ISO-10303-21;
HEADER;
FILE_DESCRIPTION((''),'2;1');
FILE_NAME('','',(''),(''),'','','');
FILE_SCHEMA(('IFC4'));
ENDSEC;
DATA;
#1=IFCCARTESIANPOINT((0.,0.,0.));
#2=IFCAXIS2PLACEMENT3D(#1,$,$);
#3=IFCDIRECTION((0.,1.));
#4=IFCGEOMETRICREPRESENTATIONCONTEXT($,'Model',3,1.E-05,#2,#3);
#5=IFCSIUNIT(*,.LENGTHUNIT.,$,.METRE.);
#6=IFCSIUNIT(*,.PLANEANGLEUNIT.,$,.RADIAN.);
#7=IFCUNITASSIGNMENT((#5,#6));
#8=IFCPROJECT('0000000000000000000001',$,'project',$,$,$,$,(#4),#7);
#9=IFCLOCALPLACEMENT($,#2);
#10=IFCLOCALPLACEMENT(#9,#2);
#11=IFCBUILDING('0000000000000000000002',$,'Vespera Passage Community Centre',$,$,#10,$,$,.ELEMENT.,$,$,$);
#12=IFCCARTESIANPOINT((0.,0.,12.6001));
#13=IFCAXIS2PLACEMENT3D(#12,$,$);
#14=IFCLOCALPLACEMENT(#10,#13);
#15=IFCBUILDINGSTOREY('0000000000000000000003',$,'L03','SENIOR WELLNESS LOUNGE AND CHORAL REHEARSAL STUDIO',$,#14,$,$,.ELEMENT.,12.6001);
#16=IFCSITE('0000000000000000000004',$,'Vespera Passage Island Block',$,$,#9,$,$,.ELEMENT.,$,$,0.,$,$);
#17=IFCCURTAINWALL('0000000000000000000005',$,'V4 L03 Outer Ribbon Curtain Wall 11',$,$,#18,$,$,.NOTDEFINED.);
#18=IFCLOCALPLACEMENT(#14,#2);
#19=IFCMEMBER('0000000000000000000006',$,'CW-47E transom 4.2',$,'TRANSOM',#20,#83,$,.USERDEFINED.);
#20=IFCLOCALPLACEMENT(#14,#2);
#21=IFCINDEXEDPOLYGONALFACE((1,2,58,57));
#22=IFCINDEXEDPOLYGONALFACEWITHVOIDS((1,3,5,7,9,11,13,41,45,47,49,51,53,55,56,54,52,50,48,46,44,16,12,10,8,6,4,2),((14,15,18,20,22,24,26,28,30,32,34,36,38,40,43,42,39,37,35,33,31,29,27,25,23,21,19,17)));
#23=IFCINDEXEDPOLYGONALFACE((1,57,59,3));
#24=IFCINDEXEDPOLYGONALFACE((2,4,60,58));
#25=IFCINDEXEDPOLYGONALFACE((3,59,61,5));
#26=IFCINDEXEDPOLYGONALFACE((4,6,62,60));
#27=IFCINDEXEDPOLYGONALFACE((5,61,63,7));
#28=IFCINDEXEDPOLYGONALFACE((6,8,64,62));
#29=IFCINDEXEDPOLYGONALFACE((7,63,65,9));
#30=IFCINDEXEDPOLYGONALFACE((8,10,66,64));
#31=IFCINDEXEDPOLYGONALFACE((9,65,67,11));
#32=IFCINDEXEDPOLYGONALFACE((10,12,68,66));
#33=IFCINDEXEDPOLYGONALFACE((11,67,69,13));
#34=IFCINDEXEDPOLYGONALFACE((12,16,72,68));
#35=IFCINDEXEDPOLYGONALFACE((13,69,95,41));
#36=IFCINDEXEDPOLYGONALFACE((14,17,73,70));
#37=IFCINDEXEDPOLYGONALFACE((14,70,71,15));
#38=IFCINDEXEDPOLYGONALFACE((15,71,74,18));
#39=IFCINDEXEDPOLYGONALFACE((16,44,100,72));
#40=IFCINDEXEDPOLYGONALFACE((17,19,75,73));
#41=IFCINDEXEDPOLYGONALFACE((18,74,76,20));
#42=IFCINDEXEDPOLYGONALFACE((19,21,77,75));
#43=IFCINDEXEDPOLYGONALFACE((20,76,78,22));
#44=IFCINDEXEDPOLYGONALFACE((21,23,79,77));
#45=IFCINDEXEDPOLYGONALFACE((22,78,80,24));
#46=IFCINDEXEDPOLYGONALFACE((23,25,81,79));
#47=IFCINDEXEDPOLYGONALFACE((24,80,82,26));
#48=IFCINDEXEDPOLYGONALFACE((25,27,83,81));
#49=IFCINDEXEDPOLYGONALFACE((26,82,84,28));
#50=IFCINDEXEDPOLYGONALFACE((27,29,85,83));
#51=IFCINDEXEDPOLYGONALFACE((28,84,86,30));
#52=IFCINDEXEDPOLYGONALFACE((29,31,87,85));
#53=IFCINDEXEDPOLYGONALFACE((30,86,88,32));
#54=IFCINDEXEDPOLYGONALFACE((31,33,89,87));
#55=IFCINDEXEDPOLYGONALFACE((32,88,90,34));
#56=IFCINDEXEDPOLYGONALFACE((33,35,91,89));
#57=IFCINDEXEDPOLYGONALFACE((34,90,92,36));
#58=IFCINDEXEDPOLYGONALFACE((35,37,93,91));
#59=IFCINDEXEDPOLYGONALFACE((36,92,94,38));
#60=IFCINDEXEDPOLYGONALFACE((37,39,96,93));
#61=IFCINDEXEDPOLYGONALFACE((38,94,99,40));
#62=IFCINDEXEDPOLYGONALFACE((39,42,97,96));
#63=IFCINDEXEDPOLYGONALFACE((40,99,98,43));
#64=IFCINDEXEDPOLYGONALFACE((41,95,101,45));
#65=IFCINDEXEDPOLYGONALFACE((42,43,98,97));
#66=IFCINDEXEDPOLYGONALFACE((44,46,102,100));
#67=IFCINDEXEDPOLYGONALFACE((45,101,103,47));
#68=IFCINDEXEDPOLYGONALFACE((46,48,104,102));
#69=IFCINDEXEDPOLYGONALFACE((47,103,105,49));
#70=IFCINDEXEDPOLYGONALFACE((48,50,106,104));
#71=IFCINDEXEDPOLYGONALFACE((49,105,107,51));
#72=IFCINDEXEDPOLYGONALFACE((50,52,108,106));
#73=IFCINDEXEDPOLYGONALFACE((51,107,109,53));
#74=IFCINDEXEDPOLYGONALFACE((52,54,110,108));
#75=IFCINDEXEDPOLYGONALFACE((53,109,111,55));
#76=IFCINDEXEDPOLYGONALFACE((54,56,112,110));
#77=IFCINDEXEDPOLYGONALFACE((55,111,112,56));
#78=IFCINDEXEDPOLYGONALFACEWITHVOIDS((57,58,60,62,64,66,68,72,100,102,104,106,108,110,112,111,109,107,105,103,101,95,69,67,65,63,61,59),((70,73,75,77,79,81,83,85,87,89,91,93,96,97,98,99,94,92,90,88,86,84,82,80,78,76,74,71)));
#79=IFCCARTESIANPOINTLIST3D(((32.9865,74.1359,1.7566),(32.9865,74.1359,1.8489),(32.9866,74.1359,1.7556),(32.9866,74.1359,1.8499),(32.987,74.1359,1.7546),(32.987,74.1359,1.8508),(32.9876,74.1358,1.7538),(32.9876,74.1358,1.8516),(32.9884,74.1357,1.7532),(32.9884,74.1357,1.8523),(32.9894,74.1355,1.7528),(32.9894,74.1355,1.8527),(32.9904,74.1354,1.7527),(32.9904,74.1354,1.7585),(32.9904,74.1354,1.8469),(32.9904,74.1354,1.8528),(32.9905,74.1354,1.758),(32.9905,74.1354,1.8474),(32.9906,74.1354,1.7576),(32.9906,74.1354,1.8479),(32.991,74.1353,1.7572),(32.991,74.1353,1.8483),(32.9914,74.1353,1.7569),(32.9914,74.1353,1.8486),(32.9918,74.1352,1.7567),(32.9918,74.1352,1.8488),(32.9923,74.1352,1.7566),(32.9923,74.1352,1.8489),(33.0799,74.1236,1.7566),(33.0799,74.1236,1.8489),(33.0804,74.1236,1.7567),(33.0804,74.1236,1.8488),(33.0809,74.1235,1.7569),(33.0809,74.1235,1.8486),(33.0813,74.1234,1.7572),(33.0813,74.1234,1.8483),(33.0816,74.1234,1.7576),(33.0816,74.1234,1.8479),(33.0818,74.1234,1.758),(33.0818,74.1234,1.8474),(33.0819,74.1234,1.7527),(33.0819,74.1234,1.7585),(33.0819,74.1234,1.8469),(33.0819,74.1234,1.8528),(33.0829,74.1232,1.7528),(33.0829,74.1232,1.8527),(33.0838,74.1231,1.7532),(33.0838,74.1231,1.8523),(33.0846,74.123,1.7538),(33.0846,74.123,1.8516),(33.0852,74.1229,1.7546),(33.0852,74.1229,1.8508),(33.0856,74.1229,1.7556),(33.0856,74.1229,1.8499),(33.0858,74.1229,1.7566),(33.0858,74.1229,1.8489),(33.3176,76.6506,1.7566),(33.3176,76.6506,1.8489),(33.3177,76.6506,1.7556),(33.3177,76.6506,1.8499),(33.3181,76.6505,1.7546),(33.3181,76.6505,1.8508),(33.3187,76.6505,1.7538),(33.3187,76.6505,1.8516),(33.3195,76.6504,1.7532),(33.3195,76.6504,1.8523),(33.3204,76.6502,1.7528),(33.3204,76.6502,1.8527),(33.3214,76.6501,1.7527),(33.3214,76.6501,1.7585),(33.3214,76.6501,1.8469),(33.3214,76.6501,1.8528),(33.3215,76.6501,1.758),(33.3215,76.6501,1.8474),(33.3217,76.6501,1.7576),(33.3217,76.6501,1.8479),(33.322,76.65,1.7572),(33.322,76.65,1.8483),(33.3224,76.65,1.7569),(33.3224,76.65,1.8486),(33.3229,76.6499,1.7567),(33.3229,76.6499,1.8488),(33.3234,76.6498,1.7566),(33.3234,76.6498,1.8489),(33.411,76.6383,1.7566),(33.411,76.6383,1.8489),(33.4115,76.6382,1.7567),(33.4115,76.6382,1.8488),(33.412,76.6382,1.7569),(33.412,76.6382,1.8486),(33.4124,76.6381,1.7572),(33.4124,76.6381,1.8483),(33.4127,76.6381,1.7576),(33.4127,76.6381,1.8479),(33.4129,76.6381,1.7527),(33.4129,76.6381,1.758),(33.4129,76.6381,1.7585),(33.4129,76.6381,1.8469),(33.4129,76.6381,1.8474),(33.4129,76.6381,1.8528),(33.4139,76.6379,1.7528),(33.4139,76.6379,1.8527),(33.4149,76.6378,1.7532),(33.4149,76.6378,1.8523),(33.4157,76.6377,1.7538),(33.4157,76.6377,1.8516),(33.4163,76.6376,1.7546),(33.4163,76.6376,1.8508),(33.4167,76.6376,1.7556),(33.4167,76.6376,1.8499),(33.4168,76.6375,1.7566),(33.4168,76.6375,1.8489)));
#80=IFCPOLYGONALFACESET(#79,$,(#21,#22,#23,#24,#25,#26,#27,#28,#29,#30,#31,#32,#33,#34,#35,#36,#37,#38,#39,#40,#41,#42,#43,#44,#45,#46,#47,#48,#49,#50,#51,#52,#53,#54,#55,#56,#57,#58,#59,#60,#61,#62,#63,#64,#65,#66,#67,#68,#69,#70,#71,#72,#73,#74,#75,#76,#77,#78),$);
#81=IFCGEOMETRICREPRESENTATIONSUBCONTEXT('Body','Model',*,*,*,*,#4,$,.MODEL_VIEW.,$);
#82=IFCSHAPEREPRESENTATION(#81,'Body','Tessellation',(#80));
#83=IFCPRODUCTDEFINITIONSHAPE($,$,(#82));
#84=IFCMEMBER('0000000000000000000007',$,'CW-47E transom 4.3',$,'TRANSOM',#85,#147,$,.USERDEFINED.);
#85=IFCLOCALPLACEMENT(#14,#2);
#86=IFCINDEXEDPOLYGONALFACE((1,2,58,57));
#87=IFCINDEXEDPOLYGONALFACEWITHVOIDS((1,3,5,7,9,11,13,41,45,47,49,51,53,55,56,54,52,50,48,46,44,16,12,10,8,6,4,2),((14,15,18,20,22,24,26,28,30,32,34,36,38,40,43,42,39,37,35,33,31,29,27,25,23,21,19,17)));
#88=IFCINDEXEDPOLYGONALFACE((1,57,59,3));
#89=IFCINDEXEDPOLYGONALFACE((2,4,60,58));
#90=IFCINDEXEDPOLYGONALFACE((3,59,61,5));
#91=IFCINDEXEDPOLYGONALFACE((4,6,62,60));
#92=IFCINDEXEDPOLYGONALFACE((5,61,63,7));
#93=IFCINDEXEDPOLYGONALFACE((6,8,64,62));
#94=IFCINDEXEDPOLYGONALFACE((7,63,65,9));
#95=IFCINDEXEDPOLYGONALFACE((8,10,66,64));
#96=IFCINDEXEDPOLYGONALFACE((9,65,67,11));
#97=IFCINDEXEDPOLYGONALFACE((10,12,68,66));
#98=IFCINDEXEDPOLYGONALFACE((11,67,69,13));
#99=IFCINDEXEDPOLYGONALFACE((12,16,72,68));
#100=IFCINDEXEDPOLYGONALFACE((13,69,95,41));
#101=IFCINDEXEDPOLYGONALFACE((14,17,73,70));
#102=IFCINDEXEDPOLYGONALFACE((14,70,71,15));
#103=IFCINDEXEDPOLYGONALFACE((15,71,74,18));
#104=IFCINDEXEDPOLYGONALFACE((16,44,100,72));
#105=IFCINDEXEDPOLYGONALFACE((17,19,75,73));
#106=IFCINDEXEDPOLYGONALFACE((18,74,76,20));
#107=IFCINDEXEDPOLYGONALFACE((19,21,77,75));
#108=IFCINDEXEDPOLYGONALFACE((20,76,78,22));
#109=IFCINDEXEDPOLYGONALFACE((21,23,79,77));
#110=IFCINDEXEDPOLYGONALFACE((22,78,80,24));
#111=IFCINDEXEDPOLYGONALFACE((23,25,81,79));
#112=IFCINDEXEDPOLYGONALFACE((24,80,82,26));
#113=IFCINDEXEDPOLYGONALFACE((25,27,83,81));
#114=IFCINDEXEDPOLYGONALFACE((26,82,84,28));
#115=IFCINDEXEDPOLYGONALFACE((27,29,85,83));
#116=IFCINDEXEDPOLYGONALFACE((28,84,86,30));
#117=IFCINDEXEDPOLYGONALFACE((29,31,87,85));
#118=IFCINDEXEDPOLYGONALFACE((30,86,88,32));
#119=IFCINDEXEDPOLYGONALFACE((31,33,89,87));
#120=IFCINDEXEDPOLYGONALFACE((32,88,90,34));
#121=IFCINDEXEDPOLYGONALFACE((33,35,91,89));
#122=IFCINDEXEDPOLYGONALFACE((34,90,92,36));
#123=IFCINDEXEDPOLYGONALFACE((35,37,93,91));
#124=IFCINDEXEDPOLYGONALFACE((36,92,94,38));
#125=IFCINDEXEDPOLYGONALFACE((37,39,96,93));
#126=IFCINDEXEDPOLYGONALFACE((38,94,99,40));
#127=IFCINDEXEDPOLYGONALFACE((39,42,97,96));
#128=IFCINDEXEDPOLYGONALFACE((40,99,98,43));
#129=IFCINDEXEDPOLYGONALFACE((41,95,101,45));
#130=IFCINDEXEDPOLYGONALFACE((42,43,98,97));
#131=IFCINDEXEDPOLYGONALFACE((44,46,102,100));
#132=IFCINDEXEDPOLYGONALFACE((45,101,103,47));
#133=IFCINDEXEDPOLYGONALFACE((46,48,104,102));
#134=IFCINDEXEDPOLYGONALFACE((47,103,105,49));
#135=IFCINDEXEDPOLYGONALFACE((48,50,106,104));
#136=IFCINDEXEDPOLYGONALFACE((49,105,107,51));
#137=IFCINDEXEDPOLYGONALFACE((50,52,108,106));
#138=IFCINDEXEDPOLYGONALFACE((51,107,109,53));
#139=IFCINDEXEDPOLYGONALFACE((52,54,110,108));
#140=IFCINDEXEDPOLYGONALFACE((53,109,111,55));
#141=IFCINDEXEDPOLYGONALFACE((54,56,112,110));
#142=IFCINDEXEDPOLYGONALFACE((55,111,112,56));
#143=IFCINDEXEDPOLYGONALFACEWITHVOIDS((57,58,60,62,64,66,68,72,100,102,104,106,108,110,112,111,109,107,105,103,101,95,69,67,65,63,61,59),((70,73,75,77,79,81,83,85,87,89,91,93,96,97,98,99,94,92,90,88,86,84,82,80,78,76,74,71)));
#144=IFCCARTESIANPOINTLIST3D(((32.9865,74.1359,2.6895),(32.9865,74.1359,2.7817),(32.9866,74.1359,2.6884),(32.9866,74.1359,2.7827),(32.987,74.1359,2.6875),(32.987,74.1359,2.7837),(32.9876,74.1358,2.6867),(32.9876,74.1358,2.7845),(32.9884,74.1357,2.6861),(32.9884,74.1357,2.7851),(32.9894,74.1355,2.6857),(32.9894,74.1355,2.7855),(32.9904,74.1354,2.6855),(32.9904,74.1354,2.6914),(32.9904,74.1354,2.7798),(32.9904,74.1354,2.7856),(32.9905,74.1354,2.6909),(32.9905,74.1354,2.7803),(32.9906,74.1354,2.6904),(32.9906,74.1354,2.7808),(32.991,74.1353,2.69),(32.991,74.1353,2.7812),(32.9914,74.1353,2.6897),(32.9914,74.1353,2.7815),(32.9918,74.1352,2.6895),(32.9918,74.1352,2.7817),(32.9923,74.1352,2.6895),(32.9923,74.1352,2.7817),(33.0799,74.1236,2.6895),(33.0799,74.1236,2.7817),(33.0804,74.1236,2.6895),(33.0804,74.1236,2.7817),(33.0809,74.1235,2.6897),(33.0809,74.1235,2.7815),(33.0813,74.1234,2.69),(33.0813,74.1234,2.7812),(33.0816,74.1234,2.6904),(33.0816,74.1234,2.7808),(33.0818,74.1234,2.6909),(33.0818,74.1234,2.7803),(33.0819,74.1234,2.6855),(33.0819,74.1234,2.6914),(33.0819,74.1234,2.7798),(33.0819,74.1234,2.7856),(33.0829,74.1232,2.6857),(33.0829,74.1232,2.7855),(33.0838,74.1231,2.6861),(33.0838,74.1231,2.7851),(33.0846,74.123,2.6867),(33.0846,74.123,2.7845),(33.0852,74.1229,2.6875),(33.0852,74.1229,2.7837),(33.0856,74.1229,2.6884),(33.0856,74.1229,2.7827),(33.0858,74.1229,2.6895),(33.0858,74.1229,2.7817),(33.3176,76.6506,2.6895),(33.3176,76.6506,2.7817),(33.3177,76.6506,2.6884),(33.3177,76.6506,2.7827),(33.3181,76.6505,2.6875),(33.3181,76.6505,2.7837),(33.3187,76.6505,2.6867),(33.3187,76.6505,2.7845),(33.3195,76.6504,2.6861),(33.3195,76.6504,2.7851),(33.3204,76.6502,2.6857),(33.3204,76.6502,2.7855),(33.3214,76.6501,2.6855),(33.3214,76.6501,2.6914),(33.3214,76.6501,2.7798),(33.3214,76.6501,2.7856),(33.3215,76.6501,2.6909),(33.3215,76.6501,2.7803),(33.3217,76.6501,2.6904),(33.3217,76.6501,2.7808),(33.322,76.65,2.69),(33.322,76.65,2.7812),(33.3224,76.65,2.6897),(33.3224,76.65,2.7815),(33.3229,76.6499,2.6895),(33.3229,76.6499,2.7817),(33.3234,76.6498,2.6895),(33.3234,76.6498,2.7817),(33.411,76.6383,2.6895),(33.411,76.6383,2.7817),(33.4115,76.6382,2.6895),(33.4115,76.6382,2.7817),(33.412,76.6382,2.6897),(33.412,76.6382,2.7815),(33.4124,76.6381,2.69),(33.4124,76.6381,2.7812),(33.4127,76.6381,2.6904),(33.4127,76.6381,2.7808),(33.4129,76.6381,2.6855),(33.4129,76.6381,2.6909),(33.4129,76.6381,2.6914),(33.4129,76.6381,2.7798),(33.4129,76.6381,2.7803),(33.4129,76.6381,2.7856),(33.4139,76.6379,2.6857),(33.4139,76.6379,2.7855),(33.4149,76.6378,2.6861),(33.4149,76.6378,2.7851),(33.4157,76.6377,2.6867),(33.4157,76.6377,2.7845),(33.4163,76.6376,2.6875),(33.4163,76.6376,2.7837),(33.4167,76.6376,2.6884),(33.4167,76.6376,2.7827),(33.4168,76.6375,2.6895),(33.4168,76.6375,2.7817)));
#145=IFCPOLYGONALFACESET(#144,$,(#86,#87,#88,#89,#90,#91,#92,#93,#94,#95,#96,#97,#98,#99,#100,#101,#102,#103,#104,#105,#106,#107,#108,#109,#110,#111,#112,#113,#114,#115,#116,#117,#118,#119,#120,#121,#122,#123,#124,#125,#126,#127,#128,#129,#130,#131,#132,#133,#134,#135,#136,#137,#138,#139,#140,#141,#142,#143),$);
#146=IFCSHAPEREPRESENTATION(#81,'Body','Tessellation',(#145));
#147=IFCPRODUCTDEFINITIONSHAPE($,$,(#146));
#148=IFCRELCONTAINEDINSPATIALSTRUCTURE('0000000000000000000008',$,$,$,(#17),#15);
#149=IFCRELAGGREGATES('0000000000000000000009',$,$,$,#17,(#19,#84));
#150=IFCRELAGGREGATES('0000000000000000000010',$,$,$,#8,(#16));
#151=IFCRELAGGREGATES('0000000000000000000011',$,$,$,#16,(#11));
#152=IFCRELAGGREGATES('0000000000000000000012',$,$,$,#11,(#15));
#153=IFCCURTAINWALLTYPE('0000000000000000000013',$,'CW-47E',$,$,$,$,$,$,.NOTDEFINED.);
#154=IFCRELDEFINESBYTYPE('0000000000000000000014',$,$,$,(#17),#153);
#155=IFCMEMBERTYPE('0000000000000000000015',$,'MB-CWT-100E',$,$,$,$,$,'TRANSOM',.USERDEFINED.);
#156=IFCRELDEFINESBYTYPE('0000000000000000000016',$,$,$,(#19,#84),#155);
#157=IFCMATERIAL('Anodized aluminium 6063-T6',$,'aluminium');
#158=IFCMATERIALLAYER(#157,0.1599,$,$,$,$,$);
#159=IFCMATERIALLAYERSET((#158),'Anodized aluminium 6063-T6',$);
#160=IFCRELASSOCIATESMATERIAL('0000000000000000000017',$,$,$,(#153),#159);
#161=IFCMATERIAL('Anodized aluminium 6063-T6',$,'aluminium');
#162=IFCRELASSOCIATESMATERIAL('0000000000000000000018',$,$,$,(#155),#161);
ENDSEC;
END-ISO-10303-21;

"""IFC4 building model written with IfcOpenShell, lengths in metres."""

from ifc_helpers import new_model, si_unit, direction, frame, origin, origin_2d, place, context, subcontext, project, spatial, hollow_rectangle, extrude, material, layer, layer_set, material_profile, profile_set, type_object, element, aggregate, save


model = new_model("IFC4")

# Units and contexts
model_context = context("Model", 3, precision=1e-05, world=origin(), true_north=direction((0.0, 1.0)))
body_context = subcontext(model_context, "Body", "Model", "MODEL_VIEW")
ifc_project = project(units=[si_unit("LENGTHUNIT", "METRE"), si_unit("PLANEANGLEUNIT", "RADIAN")], contexts=[model_context])

# Site, building, storey
site_placement = place(None, origin())
site = spatial("IfcSite", under=ifc_project, at=site_placement, Name="Vespera Passage Island Block", CompositionType="ELEMENT", RefElevation=0.0)
building_placement = place(site_placement, origin())
building = spatial("IfcBuilding", under=site, at=building_placement, Name="Vespera Passage Community Centre", CompositionType="ELEMENT")
storey_placement = place(building_placement, frame((0.0, 0.0, 12.6001)))
storey = spatial("IfcBuildingStorey", under=building, at=storey_placement, Name="L03", Description="SENIOR WELLNESS LOUNGE AND CHORAL REHEARSAL STUDIO", CompositionType="ELEMENT", Elevation=12.6001)

# Curtain wall, members
ifc_material_1 = material(Name="Anodized aluminium 6063-T6", Category="aluminium")
ifc_layer_1 = layer(ifc_material_1, 0.1599)
ifc_layer_set_1 = layer_set([ifc_layer_1], Name="Anodized aluminium 6063-T6")
curtain_wall_type_1 = type_object("IfcCurtainWallType", Name="CW-47E", PredefinedType="NOTDEFINED", material=ifc_layer_set_1)
curtain_wall_1_placement = place(storey_placement, origin())
curtain_wall_1 = element("IfcCurtainWall", 1, at=curtain_wall_1_placement, inside=storey, type_object=curtain_wall_type_1, Name="V4 L03 Outer Ribbon Curtain Wall 11", PredefinedType="NOTDEFINED")
ifc_material_2 = material(Name="Anodized aluminium 6063-T6", Category="aluminium")
ifc_material_profile_1 = material_profile(ifc_material_2, hollow_rectangle(XDim=0.1001, YDim=0.1001, WallThickness=0.0039, InnerFilletRadius=0.002, OuterFilletRadius=0.0039, at=origin_2d()), Name="ALU100X100X4")
ifc_profile_set_1 = profile_set([ifc_material_profile_1], Name="Anodized aluminium 6063-T6")
member_type_1 = type_object("IfcMemberType", Name="MB-CWT-100E", ElementType="TRANSOM", PredefinedType="USERDEFINED", material=ifc_profile_set_1)
member_1_placement = place(storey_placement, frame((33.0361, 74.1294, 1.8027), z_axis=(0.130524, 0.991445, 0.0), x_axis=(-0.991445, 0.130524, 0.0)))
member_1 = element("IfcMember", 2, at=member_1_placement, type_object=member_type_1, Name="CW-47E transom 4.2", ObjectType="TRANSOM", PredefinedType="USERDEFINED", context=body_context, shape_type="SweptSolid", body=[
    extrude(hollow_rectangle(XDim=0.1001, YDim=0.1001, WallThickness=0.0039, InnerFilletRadius=0.002, OuterFilletRadius=0.0039, at=origin_2d()), origin(), (0.0, 0.0, 1.0), 2.5364),
])
member_2_placement = place(storey_placement, frame((33.0361, 74.1294, 2.7356), z_axis=(0.130524, 0.991445, 0.0), x_axis=(-0.991445, 0.130524, 0.0)))
member_2 = element("IfcMember", 3, at=member_2_placement, type_object=member_type_1, Name="CW-47E transom 4.3", ObjectType="TRANSOM", PredefinedType="USERDEFINED", context=body_context, shape_type="SweptSolid", body=[
    extrude(hollow_rectangle(XDim=0.1001, YDim=0.1001, WallThickness=0.0039, InnerFilletRadius=0.002, OuterFilletRadius=0.0039, at=origin_2d()), origin(), (0.0, 0.0, 1.0), 2.5364),
])

aggregate(curtain_wall_1, [member_1, member_2])

save(model, "model.ifc")
